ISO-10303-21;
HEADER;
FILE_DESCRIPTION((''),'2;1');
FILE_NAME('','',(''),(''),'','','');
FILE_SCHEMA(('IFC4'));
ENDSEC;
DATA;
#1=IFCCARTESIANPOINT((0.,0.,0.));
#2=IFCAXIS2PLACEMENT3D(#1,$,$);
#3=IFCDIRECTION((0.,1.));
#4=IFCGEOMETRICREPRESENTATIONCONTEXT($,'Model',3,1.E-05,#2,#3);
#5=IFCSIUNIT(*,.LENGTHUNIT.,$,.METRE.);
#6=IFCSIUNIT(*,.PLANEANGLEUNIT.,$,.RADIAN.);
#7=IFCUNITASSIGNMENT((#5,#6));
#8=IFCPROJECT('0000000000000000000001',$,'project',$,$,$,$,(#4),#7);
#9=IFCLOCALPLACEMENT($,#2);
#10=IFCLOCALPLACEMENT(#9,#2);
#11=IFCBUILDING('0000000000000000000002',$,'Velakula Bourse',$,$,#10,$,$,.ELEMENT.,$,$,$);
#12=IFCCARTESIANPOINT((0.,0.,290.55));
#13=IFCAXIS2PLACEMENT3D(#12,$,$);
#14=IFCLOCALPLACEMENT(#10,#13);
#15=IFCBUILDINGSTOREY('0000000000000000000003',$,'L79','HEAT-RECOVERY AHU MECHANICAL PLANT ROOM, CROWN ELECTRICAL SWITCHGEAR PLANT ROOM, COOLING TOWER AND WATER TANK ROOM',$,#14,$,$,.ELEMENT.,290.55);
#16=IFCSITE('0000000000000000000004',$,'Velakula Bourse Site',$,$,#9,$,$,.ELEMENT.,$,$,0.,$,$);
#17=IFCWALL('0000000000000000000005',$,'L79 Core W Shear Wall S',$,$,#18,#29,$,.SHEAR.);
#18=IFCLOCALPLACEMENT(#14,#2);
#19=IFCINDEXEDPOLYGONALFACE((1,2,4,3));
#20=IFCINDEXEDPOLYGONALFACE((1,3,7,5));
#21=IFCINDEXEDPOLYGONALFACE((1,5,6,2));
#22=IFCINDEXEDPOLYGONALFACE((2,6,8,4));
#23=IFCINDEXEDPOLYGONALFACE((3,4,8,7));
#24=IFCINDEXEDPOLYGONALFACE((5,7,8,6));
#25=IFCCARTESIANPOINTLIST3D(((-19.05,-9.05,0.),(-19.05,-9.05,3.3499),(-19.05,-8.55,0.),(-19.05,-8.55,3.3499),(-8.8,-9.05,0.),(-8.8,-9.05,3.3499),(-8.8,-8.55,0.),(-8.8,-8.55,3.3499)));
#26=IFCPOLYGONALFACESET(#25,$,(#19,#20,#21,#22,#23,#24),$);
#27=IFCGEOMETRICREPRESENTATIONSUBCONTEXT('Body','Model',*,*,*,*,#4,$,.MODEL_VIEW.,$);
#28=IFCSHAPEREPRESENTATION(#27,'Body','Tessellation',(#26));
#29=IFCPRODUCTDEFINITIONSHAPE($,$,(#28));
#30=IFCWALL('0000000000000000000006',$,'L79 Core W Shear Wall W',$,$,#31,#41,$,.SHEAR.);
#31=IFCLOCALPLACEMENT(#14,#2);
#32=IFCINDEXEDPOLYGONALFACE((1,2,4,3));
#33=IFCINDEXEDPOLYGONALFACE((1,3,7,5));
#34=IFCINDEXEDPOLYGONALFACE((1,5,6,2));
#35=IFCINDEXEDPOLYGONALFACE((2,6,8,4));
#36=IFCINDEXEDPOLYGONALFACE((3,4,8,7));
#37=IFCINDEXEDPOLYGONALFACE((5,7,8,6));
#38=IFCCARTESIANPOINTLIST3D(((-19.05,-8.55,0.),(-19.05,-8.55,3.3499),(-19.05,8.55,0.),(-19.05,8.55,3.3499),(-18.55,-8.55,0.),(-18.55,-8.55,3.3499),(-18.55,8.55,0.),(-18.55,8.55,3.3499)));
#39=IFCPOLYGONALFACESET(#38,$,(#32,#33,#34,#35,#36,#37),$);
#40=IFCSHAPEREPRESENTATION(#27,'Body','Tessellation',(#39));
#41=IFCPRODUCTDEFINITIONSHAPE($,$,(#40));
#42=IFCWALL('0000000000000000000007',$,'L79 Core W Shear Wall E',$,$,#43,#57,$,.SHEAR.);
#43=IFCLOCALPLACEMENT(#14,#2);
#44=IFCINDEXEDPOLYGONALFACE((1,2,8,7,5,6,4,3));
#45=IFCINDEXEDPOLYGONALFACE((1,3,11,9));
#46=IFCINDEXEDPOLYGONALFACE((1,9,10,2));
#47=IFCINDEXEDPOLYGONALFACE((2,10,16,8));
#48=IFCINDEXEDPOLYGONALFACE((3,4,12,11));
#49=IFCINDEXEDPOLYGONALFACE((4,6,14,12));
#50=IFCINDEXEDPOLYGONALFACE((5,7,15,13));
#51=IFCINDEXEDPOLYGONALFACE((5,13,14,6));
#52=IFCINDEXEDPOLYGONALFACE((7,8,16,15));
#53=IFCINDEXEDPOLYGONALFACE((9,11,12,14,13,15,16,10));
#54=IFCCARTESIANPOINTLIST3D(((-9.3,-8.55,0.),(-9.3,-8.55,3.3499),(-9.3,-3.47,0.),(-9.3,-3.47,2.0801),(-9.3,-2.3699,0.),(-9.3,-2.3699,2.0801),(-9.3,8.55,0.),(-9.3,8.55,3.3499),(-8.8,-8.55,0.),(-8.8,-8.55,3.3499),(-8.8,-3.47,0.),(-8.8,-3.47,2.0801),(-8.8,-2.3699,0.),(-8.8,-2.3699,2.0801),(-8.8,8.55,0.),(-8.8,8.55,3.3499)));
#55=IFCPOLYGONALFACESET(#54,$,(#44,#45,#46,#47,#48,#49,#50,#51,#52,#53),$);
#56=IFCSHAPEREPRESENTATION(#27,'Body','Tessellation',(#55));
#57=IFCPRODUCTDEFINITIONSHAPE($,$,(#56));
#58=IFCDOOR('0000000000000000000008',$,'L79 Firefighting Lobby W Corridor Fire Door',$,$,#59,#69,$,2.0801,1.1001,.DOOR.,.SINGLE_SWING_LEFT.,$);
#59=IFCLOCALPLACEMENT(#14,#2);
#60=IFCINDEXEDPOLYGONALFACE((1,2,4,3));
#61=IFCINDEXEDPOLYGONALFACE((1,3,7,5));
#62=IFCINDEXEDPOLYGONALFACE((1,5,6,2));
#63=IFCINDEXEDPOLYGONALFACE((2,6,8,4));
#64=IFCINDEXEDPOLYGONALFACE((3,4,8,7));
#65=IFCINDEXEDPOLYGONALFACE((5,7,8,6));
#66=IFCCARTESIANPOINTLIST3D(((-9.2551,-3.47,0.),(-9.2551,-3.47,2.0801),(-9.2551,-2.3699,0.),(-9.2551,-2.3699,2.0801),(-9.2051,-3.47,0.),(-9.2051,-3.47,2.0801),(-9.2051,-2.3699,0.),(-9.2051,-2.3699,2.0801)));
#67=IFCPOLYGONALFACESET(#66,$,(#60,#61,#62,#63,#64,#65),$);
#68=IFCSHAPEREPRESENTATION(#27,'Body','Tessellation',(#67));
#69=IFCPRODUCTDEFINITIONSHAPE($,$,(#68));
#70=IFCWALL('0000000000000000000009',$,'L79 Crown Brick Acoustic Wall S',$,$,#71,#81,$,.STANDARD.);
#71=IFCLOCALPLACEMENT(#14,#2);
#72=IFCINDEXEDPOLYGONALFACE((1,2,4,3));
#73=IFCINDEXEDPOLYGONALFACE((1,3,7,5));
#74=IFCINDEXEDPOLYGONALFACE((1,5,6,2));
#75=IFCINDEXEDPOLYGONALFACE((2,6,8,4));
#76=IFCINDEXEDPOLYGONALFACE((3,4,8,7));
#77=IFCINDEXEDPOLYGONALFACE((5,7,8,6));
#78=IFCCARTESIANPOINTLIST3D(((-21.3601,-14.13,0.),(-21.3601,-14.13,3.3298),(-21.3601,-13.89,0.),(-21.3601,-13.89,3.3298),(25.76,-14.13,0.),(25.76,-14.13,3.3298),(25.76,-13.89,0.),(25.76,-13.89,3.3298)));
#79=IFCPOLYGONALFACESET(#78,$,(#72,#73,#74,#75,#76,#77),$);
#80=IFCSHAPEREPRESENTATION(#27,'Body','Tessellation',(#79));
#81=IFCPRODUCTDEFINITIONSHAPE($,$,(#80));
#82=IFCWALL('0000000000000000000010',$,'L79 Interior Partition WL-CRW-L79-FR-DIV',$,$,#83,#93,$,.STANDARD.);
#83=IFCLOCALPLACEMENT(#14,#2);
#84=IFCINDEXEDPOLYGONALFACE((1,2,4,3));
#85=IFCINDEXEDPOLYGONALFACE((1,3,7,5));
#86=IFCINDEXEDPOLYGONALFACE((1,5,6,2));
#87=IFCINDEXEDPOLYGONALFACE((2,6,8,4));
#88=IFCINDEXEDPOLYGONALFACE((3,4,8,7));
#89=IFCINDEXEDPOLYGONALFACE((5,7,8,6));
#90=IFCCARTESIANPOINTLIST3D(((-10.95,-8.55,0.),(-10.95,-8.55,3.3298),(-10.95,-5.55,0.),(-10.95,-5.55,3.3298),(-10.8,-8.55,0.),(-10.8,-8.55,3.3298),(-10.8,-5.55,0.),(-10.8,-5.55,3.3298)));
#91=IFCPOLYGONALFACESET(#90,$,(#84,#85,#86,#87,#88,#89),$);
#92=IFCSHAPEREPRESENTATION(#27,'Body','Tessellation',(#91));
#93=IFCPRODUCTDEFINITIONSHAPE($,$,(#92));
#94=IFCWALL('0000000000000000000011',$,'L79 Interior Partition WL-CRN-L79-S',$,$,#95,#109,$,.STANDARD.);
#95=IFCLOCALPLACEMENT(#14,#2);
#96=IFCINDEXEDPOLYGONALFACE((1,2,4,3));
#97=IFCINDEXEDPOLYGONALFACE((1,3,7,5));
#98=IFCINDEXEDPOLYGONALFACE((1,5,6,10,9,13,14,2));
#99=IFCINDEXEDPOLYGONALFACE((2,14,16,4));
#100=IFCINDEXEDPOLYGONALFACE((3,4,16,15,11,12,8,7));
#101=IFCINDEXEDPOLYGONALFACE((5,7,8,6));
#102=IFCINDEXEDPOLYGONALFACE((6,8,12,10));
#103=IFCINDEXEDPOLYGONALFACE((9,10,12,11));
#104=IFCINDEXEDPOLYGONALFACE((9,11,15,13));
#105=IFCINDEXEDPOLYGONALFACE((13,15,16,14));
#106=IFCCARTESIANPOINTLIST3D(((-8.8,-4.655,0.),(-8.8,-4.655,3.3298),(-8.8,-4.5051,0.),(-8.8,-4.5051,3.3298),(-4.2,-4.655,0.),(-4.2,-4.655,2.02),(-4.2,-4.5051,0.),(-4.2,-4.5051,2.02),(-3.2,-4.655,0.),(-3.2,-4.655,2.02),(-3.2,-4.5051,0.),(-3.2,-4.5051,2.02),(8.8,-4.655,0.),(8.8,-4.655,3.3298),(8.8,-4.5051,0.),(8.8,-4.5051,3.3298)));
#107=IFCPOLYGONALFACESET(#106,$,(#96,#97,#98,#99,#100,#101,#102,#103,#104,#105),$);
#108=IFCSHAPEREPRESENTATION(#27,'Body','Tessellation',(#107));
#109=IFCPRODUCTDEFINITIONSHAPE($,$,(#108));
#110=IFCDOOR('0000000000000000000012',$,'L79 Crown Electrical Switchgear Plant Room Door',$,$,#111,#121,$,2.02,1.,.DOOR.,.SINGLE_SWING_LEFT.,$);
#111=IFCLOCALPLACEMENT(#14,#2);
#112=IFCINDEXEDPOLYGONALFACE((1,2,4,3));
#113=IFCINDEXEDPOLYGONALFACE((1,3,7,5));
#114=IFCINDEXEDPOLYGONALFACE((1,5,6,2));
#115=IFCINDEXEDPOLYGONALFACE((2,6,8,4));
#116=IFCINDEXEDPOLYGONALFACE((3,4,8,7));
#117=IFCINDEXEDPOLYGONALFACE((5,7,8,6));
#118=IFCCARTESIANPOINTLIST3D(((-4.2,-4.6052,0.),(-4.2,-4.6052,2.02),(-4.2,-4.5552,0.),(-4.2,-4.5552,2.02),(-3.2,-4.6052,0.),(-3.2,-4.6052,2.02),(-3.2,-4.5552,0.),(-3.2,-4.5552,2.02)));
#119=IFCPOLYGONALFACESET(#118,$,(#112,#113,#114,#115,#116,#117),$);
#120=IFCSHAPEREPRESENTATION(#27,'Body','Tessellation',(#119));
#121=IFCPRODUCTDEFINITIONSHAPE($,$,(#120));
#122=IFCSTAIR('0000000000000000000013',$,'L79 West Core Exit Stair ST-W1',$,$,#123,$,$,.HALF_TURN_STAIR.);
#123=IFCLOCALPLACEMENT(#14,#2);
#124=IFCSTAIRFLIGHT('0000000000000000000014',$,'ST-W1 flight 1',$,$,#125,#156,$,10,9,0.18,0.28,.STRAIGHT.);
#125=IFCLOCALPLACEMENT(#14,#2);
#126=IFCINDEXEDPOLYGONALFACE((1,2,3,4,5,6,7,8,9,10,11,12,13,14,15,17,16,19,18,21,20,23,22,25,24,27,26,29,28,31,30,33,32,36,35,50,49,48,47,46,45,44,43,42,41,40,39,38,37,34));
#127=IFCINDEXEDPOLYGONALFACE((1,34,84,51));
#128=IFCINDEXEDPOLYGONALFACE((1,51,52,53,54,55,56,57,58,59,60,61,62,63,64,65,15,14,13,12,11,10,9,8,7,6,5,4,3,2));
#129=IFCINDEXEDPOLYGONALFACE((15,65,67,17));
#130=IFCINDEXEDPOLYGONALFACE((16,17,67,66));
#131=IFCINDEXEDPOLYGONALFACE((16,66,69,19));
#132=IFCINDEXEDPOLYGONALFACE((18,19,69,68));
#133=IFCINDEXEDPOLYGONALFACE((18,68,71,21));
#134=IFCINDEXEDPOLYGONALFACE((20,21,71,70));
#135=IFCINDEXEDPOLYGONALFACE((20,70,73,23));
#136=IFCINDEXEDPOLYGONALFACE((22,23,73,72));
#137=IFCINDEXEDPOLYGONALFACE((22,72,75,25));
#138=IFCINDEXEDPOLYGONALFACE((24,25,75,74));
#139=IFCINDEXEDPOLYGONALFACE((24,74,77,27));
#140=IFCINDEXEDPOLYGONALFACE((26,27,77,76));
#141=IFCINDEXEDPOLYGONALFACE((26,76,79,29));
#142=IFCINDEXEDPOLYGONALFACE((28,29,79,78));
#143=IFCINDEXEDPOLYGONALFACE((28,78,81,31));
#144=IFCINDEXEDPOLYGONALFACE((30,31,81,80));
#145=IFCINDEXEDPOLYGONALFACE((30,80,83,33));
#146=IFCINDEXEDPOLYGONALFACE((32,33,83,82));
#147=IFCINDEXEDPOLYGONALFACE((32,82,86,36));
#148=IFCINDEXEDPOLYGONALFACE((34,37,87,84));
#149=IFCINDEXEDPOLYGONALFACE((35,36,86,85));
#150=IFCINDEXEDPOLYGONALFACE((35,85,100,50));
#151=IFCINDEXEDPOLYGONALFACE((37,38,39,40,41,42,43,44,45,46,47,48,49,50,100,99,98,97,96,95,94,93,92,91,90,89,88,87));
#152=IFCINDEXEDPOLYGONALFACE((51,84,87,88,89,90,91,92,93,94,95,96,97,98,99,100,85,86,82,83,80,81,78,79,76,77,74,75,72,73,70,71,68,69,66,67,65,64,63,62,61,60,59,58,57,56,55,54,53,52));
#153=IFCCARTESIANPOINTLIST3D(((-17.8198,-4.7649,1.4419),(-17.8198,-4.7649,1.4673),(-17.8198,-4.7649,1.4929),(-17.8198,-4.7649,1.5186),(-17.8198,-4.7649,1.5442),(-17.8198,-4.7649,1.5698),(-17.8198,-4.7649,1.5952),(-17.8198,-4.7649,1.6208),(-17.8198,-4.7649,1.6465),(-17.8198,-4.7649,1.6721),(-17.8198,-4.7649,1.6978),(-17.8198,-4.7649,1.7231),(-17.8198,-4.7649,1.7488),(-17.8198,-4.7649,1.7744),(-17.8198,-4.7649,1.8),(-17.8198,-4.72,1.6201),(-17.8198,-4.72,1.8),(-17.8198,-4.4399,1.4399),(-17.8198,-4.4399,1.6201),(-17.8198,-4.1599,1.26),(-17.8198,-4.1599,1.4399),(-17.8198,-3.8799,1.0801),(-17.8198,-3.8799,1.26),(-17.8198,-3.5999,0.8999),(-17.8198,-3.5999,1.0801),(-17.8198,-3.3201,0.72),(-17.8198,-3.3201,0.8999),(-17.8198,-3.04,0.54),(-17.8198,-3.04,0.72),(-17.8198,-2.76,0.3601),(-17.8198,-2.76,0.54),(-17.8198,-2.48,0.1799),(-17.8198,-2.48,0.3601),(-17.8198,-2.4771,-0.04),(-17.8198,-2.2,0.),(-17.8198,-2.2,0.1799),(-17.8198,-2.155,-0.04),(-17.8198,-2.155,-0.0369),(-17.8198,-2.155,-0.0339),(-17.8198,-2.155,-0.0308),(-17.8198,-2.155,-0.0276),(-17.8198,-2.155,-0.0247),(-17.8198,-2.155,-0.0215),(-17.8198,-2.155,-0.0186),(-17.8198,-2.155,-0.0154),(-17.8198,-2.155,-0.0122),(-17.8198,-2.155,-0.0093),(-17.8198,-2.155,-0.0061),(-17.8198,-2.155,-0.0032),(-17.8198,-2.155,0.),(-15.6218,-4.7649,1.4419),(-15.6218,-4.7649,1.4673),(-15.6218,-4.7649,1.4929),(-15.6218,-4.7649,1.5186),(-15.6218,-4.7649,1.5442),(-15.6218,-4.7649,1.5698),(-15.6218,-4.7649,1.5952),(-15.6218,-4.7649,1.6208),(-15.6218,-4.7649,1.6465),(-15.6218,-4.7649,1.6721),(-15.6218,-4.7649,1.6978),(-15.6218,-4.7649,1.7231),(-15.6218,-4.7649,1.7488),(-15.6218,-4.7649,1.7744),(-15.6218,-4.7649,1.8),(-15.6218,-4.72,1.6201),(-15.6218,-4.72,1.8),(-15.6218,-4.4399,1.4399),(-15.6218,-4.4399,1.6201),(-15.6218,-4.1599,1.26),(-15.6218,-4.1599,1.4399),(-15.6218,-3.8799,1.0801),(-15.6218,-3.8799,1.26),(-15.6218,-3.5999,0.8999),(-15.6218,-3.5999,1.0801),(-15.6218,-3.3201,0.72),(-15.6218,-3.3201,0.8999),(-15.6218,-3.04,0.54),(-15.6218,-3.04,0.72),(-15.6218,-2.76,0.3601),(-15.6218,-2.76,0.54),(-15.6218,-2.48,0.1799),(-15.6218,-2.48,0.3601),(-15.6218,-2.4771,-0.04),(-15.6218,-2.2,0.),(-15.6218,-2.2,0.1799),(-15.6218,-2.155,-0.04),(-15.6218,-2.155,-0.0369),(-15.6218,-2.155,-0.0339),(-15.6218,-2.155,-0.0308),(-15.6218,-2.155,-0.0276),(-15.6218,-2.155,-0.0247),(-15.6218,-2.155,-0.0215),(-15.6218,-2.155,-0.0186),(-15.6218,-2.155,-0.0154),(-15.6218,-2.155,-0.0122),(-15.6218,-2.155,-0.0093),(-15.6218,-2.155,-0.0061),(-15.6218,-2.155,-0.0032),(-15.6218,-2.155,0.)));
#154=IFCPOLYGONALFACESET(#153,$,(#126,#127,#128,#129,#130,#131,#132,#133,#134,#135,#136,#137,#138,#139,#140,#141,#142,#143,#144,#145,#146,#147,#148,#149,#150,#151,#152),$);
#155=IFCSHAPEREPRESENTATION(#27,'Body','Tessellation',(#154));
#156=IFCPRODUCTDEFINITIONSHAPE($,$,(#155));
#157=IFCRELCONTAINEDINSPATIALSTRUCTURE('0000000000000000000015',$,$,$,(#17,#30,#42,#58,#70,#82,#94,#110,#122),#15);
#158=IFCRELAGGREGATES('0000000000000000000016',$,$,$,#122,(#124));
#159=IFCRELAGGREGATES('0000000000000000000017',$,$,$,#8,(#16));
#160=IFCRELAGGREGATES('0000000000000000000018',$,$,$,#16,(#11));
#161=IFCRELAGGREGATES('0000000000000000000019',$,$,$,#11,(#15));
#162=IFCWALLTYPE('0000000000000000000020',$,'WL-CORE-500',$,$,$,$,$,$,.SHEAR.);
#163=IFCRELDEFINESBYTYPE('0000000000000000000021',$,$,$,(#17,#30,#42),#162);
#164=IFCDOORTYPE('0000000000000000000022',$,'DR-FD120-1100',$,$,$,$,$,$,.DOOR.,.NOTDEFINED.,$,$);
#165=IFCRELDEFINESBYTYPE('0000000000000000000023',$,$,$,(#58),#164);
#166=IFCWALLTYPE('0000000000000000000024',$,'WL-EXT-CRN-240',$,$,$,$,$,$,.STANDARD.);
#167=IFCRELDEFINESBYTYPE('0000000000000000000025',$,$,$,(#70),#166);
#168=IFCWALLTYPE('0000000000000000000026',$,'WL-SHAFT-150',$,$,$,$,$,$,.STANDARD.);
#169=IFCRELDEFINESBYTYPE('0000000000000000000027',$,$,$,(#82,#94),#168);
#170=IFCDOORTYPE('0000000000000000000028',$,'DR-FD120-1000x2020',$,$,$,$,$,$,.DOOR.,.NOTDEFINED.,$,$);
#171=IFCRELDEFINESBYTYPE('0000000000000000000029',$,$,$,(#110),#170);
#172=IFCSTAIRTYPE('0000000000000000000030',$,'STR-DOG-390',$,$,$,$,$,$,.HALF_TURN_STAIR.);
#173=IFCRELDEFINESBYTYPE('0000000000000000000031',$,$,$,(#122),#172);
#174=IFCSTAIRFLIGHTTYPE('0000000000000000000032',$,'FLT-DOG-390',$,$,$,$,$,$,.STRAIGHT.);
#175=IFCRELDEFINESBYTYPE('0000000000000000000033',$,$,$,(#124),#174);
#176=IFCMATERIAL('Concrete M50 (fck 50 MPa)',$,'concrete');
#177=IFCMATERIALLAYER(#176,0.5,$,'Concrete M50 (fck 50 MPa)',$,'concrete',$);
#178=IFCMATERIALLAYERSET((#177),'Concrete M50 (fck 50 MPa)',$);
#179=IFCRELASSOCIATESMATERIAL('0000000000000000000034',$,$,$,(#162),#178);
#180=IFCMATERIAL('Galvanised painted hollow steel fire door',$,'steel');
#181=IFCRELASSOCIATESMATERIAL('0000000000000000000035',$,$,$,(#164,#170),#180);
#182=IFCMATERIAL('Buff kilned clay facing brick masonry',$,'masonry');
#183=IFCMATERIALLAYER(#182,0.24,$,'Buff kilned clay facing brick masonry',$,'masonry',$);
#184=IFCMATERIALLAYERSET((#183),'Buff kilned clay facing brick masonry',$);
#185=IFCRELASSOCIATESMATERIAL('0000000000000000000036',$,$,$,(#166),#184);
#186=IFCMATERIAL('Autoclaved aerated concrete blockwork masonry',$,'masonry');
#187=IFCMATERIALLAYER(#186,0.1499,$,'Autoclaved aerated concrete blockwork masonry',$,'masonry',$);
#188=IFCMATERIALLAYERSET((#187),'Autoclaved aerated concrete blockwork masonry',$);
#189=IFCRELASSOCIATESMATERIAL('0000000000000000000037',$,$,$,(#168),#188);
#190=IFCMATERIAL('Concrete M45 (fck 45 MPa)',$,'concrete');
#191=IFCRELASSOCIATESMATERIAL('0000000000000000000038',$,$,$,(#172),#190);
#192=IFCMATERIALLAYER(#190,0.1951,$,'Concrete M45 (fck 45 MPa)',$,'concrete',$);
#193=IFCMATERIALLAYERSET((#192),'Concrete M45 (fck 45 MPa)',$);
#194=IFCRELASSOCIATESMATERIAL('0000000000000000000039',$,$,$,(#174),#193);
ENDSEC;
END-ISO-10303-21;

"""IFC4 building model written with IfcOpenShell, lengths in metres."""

from ifc_helpers import new_model, si_unit, direction, frame, frame_2d, origin, place, context, subcontext, project, spatial, polyline, rectangle, outline, extrude, material, layer, layer_set, type_object, element, fill, aggregate, save


model = new_model("IFC4")

# Units and contexts
model_context = context("Model", 3, precision=1e-05, world=origin(), true_north=direction((0.0, 1.0)))
body_context = subcontext(model_context, "Body", "Model", "MODEL_VIEW")
ifc_project = project(units=[si_unit("LENGTHUNIT", "METRE"), si_unit("PLANEANGLEUNIT", "RADIAN")], contexts=[model_context])

# Site, building, storey
site_placement = place(None, origin())
site = spatial("IfcSite", under=ifc_project, at=site_placement, Name="Velakula Bourse Site", CompositionType="ELEMENT", RefElevation=0.0)
building_placement = place(site_placement, origin())
building = spatial("IfcBuilding", under=site, at=building_placement, Name="Velakula Bourse", CompositionType="ELEMENT")
storey_placement = place(building_placement, frame((0.0, 0.0, 290.55)))
storey = spatial("IfcBuildingStorey", under=building, at=storey_placement, Name="L79", Description="HEAT-RECOVERY AHU MECHANICAL PLANT ROOM, CROWN ELECTRICAL SWITCHGEAR PLANT ROOM, COOLING TOWER AND WATER TANK ROOM", CompositionType="ELEMENT", Elevation=290.55)

# Shared definitions
ifc_material_1 = material(Name="Concrete M50 (fck 50 MPa)", Category="concrete")

# Shared definitions
ifc_material_2 = material(Name="Galvanised painted hollow steel fire door", Category="steel")

# Walls
ifc_layer_1 = layer(ifc_material_1, 0.5, Name="Concrete M50 (fck 50 MPa)", Category="concrete")
ifc_layer_set_1 = layer_set([ifc_layer_1], Name="Concrete M50 (fck 50 MPa)")
wall_type_1 = type_object("IfcWallType", Name="WL-CORE-500", PredefinedType="SHEAR", material=ifc_layer_set_1)
wall_1_placement = place(storey_placement, frame((-19.05, -8.8, 0.0), z_axis=(0.0, 0.0, 1.0), x_axis=(1.0, 0.0, 0.0)))
element("IfcWall", 1, at=wall_1_placement, inside=storey, type_object=wall_type_1, Name="L79 Core W Shear Wall S", PredefinedType="SHEAR", context=body_context, shape_type="SweptSolid", body=[
    extrude(rectangle(XDim=10.25, YDim=0.5, at=frame_2d((5.125, 0.0))), origin(), (0.0, 0.0, 1.0), 3.3499),
])
wall_2_placement = place(storey_placement, frame((-18.8, -8.55, 0.0), z_axis=(0.0, 0.0, 1.0), x_axis=(0.0, 1.0, 0.0)))
element("IfcWall", 2, at=wall_2_placement, inside=storey, type_object=wall_type_1, Name="L79 Core W Shear Wall W", PredefinedType="SHEAR", context=body_context, shape_type="SweptSolid", body=[
    extrude(rectangle(XDim=17.1001, YDim=0.5, at=frame_2d((8.55, 0.0))), origin(), (0.0, 0.0, 1.0), 3.3499),
])

# Wall, opening, door
wall_3_placement = place(storey_placement, frame((-9.05, -8.55, 0.0), z_axis=(0.0, 0.0, 1.0), x_axis=(0.0, 1.0, 0.0)))
wall_3 = element("IfcWall", 3, at=wall_3_placement, inside=storey, type_object=wall_type_1, Name="L79 Core W Shear Wall E", PredefinedType="SHEAR", context=body_context, shape_type="SweptSolid", body=[
    extrude(rectangle(XDim=17.1001, YDim=0.5, at=frame_2d((8.55, 0.0))), origin(), (0.0, 0.0, 1.0), 3.3499),
])
opening_1_placement = place(wall_3_placement, frame((5.0801, 0.0, 0.0)))
opening_1 = element("IfcOpeningElement", 4, at=opening_1_placement, cuts=wall_3, PredefinedType="OPENING", context=body_context, shape_type="SweptSolid", body=[
    extrude(rectangle(XDim=1.1001, YDim=2.0801, at=frame_2d((0.55, 1.04))), frame((0.0, 0.26, 0.0), z_axis=(0.0, -1.0, 0.0), x_axis=(1.0, 0.0, 0.0)), (0.0, 0.0, 1.0), 0.52),
])
door_type_1 = type_object("IfcDoorType", Name="DR-FD120-1100", OperationType="NOTDEFINED", PredefinedType="DOOR", material=ifc_material_2)
door_1_placement = place(opening_1_placement, origin())
door_1 = element("IfcDoor", 5, at=door_1_placement, inside=storey, type_object=door_type_1, Name="L79 Firefighting Lobby W Corridor Fire Door", OperationType="SINGLE_SWING_LEFT", OverallHeight=2.0801, OverallWidth=1.1001, PredefinedType="DOOR", context=body_context, shape_type="SweptSolid", body=[
    extrude(rectangle(XDim=1.1001, YDim=2.0801, at=frame_2d((0.55, 1.04))), frame((0.0, 0.2051, 0.0), z_axis=(0.0, -1.0, 0.0), x_axis=(1.0, 0.0, 0.0)), (0.0, 0.0, 1.0), 0.05),
])
fill(opening_1, door_1)

# Wall
ifc_material_3 = material(Name="Buff kilned clay facing brick masonry", Category="masonry")
ifc_layer_2 = layer(ifc_material_3, 0.24, Name="Buff kilned clay facing brick masonry", Category="masonry")
ifc_layer_set_2 = layer_set([ifc_layer_2], Name="Buff kilned clay facing brick masonry")
wall_type_2 = type_object("IfcWallType", Name="WL-EXT-CRN-240", PredefinedType="STANDARD", material=ifc_layer_set_2)
wall_4_placement = place(storey_placement, frame((-21.3601, -14.01, 0.0), z_axis=(0.0, 0.0, 1.0), x_axis=(1.0, 0.0, 0.0)))
element("IfcWall", 6, at=wall_4_placement, inside=storey, type_object=wall_type_2, Name="L79 Crown Brick Acoustic Wall S", PredefinedType="STANDARD", context=body_context, shape_type="SweptSolid", body=[
    extrude(rectangle(XDim=47.1201, YDim=0.24, at=frame_2d((23.5601, 0.0))), origin(), (0.0, 0.0, 1.0), 3.3298),
])

# Shared definitions
ifc_material_4 = material(Name="Autoclaved aerated concrete blockwork masonry", Category="masonry")
ifc_layer_3 = layer(ifc_material_4, 0.1499, Name="Autoclaved aerated concrete blockwork masonry", Category="masonry")
ifc_layer_set_3 = layer_set([ifc_layer_3], Name="Autoclaved aerated concrete blockwork masonry")
wall_type_3 = type_object("IfcWallType", Name="WL-SHAFT-150", PredefinedType="STANDARD", material=ifc_layer_set_3)

# Wall
wall_5_placement = place(storey_placement, frame((-10.875, -8.55, 0.0), z_axis=(0.0, 0.0, 1.0), x_axis=(0.0, 1.0, 0.0)))
element("IfcWall", 7, at=wall_5_placement, inside=storey, type_object=wall_type_3, Name="L79 Interior Partition WL-CRW-L79-FR-DIV", PredefinedType="STANDARD", context=body_context, shape_type="SweptSolid", body=[
    extrude(rectangle(XDim=3.0, YDim=0.1499, at=frame_2d((1.5, 0.0))), origin(), (0.0, 0.0, 1.0), 3.3298),
])

# Wall, opening, door
wall_6_placement = place(storey_placement, frame((-8.8, -4.5801, 0.0), z_axis=(0.0, 0.0, 1.0), x_axis=(1.0, 0.0, 0.0)))
wall_6 = element("IfcWall", 8, at=wall_6_placement, inside=storey, type_object=wall_type_3, Name="L79 Interior Partition WL-CRN-L79-S", PredefinedType="STANDARD", context=body_context, shape_type="SweptSolid", body=[
    extrude(rectangle(XDim=17.6001, YDim=0.1499, at=frame_2d((8.8, 0.0))), origin(), (0.0, 0.0, 1.0), 3.3298),
])
opening_2_placement = place(wall_6_placement, frame((4.6001, 0.0, 0.0)))
opening_2 = element("IfcOpeningElement", 9, at=opening_2_placement, cuts=wall_6, PredefinedType="OPENING", context=body_context, shape_type="SweptSolid", body=[
    extrude(rectangle(XDim=1.0, YDim=2.02, at=frame_2d((0.5, 1.01))), frame((0.0, 0.085, 0.0), z_axis=(0.0, -1.0, 0.0), x_axis=(1.0, 0.0, 0.0)), (0.0, 0.0, 1.0), 0.1699),
])
door_type_2 = type_object("IfcDoorType", Name="DR-FD120-1000x2020", OperationType="NOTDEFINED", PredefinedType="DOOR", material=ifc_material_2)
door_2_placement = place(opening_2_placement, origin())
door_2 = element("IfcDoor", 10, at=door_2_placement, inside=storey, type_object=door_type_2, Name="L79 Crown Electrical Switchgear Plant Room Door", OperationType="SINGLE_SWING_LEFT", OverallHeight=2.02, OverallWidth=1.0, PredefinedType="DOOR", context=body_context, shape_type="SweptSolid", body=[
    extrude(rectangle(XDim=1.0, YDim=2.02, at=frame_2d((0.5, 1.01))), frame((0.0, 0.0249, 0.0), z_axis=(0.0, -1.0, 0.0), x_axis=(1.0, 0.0, 0.0)), (0.0, 0.0, 1.0), 0.05),
])
fill(opening_2, door_2)

# Stair, stair flight
ifc_material_5 = material(Name="Concrete M45 (fck 45 MPa)", Category="concrete")
stair_type = type_object("IfcStairType", Name="STR-DOG-390", PredefinedType="HALF_TURN_STAIR", material=ifc_material_5)
stair_placement = place(storey_placement, origin())
stair = element("IfcStair", 11, at=stair_placement, inside=storey, type_object=stair_type, Name="L79 West Core Exit Stair ST-W1", PredefinedType="HALF_TURN_STAIR")
ifc_layer_4 = layer(ifc_material_5, 0.1951, Name="Concrete M45 (fck 45 MPa)", Category="concrete")
ifc_layer_set_4 = layer_set([ifc_layer_4], Name="Concrete M45 (fck 45 MPa)")
stair_flight_type = type_object("IfcStairFlightType", Name="FLT-DOG-390", PredefinedType="STRAIGHT", material=ifc_layer_set_4)
stair_flight_1_placement = place(storey_placement, frame((-16.7209, -2.2, 0.0), z_axis=(0.0, 0.0, 1.0), x_axis=(0.0, -1.0, 0.0)))
stair_flight_1 = element("IfcStairFlight", 12, at=stair_flight_1_placement, type_object=stair_flight_type, Name="ST-W1 flight 1", NumberOfRisers=10, NumberOfTreads=9, PredefinedType="STRAIGHT", RiserHeight=0.18, TreadLength=0.28, context=body_context, shape_type="SweptSolid", body=[
    extrude(outline(polyline([(-0.0449, -0.04), (-0.0449, -0.0369), (-0.0449, -0.0339), (-0.0449, -0.0308), (-0.0449, -0.0276), (-0.0449, -0.0247), (-0.0449, -0.0215), (-0.0449, -0.0186), (-0.0449, -0.0154), (-0.0449, -0.0122), (-0.0449, -0.0093), (-0.0449, -0.0061), (-0.0449, -0.0032), (-0.0449, 0.0), (0.0, 0.0), (0.0, 0.1799), (0.28, 0.1799), (0.28, 0.3601), (0.5601, 0.3601), (0.5601, 0.54), (0.8401, 0.54), (0.8401, 0.72), (1.1201, 0.72), (1.1201, 0.8999), (1.3999, 0.8999), (1.3999, 1.0801), (1.6799, 1.0801), (1.6799, 1.26), (1.96, 1.26), (1.96, 1.4399), (2.24, 1.4399), (2.24, 1.6201), (2.52, 1.6201), (2.52, 1.8), (2.5649, 1.8), (2.5649, 1.7744), (2.5649, 1.7488), (2.5649, 1.7231), (2.5649, 1.6978), (2.5649, 1.6721), (2.5649, 1.6465), (2.5649, 1.6208), (2.5649, 1.5952), (2.5649, 1.5698), (2.5649, 1.5442), (2.5649, 1.5186), (2.5649, 1.4929), (2.5649, 1.4673), (2.5649, 1.4419), (0.2771, -0.04), (-0.0449, -0.04)])), frame((0.0, 1.0991, 0.0), z_axis=(0.0, -1.0, 0.0), x_axis=(1.0, 0.0, 0.0)), (0.0, 0.0, 1.0), 2.198),
])
aggregate(stair, [stair_flight_1])

save(model, "model.ifc")
